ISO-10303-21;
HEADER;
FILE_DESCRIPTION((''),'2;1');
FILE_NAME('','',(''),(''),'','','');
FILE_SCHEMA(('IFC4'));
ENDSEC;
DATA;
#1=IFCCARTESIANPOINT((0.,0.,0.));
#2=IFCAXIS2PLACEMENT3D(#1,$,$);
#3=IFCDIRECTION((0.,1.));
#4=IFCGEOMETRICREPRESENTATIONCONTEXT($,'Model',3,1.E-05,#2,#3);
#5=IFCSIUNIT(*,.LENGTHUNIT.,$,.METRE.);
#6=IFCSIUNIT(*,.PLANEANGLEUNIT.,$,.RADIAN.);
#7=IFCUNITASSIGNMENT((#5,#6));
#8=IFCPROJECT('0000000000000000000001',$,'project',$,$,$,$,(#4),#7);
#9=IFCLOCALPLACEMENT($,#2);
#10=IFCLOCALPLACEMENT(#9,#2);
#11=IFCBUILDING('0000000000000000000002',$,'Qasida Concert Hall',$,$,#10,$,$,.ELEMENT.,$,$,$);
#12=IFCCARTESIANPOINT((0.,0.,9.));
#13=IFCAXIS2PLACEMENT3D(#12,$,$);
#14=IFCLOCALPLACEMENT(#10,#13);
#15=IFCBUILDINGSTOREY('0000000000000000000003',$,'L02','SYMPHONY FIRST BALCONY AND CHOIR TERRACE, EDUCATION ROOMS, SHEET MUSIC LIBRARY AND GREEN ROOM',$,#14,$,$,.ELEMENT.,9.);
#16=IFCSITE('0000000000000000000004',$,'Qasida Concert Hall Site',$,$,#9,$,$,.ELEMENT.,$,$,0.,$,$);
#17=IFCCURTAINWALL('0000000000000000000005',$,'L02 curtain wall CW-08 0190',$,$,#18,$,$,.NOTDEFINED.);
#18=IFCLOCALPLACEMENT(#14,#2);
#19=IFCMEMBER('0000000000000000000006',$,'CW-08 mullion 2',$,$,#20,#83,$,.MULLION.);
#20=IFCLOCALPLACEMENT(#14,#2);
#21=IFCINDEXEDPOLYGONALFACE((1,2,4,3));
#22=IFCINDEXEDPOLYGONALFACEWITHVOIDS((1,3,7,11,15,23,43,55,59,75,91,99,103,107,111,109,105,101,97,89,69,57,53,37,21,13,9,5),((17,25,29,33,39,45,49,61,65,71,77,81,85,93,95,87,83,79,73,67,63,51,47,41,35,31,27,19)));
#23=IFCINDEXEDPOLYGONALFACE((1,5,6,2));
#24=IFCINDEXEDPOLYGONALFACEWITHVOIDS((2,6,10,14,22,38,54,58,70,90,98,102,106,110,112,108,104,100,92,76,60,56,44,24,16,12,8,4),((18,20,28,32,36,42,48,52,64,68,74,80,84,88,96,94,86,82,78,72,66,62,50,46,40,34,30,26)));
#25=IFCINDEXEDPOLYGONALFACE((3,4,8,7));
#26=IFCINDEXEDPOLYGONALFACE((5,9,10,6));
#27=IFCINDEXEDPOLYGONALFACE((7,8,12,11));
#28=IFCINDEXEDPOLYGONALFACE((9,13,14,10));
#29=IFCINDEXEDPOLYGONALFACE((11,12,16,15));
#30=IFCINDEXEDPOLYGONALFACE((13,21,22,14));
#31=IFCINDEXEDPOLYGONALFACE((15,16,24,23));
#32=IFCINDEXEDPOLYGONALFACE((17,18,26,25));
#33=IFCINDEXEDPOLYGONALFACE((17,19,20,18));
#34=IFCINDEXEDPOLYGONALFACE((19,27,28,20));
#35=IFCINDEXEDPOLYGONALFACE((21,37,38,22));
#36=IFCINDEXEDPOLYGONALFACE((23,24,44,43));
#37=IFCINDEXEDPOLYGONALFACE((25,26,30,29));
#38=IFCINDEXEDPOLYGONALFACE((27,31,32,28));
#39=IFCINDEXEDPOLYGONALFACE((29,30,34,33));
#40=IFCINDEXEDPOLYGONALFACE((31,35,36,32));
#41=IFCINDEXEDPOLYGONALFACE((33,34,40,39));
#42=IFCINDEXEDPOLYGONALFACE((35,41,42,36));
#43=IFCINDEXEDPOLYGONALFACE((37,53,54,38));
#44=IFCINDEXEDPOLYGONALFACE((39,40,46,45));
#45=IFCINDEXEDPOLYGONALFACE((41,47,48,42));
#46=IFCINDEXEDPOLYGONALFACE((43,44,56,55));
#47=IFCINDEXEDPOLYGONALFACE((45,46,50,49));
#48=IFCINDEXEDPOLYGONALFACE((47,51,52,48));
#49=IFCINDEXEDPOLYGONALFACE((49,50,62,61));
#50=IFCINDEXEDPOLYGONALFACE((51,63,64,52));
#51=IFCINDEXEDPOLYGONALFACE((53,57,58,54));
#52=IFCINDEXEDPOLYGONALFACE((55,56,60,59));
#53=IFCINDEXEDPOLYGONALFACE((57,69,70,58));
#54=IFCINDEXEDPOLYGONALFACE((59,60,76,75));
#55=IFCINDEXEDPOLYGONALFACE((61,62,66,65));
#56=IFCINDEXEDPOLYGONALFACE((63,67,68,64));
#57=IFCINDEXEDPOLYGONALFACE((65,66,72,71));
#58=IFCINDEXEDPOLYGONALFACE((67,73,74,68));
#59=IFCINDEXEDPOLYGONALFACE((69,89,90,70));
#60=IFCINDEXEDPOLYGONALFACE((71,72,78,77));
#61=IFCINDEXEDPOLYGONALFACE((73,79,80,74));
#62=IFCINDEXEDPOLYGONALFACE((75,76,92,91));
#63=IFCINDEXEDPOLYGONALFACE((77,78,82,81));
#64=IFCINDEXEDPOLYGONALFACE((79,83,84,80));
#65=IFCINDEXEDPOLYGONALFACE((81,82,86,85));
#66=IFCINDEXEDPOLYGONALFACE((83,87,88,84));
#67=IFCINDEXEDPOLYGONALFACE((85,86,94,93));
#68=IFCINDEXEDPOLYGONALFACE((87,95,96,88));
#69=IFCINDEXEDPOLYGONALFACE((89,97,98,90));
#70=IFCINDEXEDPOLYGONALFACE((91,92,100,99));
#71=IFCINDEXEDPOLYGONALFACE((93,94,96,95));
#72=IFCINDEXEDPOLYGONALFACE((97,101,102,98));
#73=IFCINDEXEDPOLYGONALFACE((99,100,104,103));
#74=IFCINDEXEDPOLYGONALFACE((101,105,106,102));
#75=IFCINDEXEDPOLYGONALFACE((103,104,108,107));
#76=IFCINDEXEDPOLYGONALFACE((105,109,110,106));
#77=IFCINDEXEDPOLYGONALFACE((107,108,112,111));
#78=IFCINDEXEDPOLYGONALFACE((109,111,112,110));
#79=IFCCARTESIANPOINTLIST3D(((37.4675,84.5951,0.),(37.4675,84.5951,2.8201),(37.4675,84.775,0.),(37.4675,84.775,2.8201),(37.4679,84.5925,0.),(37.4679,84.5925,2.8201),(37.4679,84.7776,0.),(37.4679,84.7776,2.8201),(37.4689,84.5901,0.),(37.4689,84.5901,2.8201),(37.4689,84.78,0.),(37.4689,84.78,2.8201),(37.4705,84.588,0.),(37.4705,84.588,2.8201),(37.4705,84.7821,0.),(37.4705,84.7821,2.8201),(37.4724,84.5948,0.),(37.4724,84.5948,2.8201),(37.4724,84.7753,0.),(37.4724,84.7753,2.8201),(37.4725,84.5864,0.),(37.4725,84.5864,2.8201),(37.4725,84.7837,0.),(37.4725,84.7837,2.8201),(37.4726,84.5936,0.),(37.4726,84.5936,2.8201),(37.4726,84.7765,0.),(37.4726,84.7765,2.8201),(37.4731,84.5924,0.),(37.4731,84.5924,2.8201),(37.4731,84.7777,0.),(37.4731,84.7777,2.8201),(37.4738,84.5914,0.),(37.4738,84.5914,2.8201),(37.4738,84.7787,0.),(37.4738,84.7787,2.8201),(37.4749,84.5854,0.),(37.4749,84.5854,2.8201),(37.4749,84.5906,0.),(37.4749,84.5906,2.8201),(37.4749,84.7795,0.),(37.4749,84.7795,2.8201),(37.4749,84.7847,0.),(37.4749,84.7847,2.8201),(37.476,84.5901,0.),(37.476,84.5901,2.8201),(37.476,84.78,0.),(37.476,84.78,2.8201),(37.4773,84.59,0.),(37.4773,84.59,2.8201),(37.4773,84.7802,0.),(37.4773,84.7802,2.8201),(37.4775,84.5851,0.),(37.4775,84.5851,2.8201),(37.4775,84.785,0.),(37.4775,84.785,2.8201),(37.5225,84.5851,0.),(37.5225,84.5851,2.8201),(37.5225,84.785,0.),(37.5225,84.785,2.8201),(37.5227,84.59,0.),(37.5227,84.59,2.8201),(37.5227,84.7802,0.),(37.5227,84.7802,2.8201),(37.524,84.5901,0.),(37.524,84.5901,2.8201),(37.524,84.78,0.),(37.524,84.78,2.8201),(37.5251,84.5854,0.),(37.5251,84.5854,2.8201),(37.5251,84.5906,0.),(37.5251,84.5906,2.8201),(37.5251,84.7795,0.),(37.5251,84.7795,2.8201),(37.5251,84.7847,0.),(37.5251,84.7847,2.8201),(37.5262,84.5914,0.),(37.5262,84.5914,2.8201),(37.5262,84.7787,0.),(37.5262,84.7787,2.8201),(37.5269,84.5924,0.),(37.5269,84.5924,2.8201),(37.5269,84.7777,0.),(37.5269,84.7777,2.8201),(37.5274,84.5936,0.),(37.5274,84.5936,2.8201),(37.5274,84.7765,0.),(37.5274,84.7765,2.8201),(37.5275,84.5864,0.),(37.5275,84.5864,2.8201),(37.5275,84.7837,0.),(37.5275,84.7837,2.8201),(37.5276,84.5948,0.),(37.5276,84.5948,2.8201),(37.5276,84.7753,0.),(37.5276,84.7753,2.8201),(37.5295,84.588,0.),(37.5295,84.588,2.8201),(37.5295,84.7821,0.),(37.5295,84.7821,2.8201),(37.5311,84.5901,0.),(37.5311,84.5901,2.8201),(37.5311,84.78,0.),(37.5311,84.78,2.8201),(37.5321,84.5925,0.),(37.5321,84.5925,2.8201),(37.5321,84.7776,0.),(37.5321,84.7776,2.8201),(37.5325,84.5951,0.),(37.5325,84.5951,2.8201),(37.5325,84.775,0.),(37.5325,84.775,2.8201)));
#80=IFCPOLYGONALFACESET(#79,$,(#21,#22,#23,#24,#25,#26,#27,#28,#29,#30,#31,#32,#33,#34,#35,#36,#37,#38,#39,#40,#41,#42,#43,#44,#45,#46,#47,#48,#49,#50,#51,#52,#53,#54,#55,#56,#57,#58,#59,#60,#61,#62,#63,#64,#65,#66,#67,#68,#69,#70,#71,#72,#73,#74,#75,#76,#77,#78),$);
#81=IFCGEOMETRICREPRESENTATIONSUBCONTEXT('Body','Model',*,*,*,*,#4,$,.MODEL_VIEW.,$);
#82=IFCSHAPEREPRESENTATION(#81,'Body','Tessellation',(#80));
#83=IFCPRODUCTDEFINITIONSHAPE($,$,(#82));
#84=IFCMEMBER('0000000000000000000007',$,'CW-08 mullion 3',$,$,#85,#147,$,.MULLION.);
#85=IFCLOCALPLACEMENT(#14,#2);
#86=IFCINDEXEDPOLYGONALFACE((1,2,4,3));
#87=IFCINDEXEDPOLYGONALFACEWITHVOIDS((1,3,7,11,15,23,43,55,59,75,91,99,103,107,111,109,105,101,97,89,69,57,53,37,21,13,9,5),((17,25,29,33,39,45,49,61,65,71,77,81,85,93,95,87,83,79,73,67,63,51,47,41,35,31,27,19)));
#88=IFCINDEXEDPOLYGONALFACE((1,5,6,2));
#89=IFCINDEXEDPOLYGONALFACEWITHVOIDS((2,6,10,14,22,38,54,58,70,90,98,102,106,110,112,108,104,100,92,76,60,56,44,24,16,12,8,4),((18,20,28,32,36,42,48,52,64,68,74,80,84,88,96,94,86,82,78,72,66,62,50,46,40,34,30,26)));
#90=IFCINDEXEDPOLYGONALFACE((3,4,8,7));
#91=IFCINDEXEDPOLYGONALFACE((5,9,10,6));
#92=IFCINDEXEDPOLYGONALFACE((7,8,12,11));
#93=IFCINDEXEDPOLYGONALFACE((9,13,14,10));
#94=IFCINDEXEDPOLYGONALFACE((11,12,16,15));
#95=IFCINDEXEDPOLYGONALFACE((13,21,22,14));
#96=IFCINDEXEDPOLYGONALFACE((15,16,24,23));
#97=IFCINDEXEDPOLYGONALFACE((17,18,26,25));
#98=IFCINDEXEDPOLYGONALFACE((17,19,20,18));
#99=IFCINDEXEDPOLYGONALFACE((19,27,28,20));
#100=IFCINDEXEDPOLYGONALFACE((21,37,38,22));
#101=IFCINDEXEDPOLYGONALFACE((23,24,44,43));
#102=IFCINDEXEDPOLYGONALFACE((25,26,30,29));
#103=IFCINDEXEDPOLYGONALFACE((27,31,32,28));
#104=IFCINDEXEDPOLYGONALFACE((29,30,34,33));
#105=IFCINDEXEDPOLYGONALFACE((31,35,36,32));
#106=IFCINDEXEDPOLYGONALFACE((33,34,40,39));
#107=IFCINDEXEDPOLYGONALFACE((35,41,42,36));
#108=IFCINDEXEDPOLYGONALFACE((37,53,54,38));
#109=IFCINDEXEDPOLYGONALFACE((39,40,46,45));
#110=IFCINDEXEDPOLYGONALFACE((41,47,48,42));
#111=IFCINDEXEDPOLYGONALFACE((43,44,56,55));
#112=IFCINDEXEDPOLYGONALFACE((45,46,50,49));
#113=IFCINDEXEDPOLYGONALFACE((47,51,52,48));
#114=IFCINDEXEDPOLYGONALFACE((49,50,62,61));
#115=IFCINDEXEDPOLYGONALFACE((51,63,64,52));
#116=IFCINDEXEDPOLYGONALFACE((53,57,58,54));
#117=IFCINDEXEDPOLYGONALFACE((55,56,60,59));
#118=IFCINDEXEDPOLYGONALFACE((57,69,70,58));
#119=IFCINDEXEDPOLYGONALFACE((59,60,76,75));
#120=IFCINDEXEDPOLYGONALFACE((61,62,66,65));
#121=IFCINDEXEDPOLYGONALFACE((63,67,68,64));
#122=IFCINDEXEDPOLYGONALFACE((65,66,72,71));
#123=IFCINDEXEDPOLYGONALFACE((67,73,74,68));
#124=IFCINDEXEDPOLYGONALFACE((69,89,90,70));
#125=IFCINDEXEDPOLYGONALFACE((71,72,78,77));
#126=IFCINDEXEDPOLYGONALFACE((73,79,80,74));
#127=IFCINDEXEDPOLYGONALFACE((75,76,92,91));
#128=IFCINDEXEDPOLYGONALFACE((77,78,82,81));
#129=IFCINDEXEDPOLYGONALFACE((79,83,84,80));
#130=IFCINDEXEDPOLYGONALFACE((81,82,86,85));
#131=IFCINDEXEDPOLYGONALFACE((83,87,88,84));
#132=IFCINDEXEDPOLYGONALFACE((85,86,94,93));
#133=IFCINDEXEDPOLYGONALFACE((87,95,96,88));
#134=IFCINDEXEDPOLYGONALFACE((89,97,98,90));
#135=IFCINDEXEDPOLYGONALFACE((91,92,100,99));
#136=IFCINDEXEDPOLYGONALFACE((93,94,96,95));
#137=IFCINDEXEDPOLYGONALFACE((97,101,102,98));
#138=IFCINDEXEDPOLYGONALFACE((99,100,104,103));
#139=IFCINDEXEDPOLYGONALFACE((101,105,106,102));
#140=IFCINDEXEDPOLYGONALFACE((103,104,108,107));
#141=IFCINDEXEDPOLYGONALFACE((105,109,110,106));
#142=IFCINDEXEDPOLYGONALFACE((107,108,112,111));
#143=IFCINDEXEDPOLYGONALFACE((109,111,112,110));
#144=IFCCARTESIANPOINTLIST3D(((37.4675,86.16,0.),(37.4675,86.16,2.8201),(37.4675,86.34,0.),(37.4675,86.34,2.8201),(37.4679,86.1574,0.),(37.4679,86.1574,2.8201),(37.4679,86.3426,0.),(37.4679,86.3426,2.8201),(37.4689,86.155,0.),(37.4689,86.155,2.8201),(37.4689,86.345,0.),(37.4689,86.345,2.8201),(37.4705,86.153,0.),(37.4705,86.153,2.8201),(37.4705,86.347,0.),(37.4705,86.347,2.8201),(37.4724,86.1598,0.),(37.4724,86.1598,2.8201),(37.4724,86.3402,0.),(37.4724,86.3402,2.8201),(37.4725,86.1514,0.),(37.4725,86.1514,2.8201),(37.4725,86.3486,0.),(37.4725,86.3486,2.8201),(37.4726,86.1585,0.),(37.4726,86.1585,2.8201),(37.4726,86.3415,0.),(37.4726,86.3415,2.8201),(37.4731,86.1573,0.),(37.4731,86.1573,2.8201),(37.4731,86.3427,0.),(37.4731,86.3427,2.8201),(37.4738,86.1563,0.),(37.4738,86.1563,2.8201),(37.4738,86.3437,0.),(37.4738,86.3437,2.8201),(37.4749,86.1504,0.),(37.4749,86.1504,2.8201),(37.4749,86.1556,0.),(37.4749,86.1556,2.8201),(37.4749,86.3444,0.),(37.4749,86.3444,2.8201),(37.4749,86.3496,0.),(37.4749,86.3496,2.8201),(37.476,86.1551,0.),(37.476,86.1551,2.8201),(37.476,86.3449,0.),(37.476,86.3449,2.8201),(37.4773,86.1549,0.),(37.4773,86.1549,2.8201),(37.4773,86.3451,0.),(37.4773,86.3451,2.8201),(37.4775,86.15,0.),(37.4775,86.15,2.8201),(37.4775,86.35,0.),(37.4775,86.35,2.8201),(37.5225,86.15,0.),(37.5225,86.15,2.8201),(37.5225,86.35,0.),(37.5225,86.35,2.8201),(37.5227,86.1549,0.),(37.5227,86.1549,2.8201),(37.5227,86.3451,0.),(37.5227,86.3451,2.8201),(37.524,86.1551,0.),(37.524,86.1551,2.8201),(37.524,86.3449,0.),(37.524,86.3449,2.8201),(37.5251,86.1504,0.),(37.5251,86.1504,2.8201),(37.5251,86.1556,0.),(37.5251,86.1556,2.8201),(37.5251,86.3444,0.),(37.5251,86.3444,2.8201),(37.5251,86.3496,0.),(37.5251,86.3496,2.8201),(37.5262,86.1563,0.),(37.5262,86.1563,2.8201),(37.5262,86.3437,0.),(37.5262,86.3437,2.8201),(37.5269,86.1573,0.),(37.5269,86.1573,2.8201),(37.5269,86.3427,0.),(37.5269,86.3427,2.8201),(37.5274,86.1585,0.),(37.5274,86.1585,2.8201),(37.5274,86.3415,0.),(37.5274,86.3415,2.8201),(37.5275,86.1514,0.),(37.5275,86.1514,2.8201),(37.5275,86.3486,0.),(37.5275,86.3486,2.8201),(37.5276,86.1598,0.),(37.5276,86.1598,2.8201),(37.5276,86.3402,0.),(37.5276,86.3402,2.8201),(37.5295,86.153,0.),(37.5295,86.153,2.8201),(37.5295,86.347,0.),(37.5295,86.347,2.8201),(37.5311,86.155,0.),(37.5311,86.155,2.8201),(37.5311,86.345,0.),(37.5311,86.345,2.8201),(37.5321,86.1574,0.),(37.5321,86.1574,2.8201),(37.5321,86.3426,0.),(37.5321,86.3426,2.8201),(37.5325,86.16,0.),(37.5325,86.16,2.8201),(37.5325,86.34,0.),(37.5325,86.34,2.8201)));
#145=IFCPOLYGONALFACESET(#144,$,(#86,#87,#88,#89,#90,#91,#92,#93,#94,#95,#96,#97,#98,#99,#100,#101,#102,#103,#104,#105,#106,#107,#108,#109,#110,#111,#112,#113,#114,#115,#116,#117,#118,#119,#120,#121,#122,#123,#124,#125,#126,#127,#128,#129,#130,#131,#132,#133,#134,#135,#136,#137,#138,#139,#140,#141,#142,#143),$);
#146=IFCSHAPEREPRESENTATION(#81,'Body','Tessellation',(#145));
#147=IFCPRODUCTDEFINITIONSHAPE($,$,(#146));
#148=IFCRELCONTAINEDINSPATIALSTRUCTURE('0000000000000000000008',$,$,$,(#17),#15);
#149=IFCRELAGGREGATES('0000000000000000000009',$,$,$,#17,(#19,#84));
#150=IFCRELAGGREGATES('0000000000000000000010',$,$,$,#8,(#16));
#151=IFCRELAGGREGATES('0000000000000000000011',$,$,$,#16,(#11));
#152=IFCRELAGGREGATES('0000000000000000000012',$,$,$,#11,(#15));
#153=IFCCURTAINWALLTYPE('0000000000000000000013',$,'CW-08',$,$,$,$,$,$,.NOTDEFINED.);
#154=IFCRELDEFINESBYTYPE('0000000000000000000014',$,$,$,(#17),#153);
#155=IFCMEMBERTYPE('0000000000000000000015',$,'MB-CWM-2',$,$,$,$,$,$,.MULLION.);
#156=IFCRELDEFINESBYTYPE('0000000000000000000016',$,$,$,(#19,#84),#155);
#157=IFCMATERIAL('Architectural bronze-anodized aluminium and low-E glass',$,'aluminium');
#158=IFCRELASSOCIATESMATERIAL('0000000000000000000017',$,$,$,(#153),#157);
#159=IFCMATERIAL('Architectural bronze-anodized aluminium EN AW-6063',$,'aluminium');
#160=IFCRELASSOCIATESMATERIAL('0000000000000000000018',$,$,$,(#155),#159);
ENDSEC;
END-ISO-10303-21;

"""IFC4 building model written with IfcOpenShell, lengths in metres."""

from ifc_helpers import new_model, si_unit, direction, frame, origin, origin_2d, place, context, subcontext, project, spatial, hollow_rectangle, extrude, material, material_profile, profile_set, type_object, element, aggregate, save


model = new_model("IFC4")

# Units and contexts
model_context = context("Model", 3, precision=1e-05, world=origin(), true_north=direction((0.0, 1.0)))
body_context = subcontext(model_context, "Body", "Model", "MODEL_VIEW")
ifc_project = project(units=[si_unit("LENGTHUNIT", "METRE"), si_unit("PLANEANGLEUNIT", "RADIAN")], contexts=[model_context])

# Site, building, storey
site_placement = place(None, origin())
site = spatial("IfcSite", under=ifc_project, at=site_placement, Name="Qasida Concert Hall Site", CompositionType="ELEMENT", RefElevation=0.0)
building_placement = place(site_placement, origin())
building = spatial("IfcBuilding", under=site, at=building_placement, Name="Qasida Concert Hall", CompositionType="ELEMENT")
storey_placement = place(building_placement, frame((0.0, 0.0, 9.0)))
storey = spatial("IfcBuildingStorey", under=building, at=storey_placement, Name="L02", Description="SYMPHONY FIRST BALCONY AND CHOIR TERRACE, EDUCATION ROOMS, SHEET MUSIC LIBRARY AND GREEN ROOM", CompositionType="ELEMENT", Elevation=9.0)

# Curtain wall, members
ifc_material_1 = material(Name="Architectural bronze-anodized aluminium and low-E glass", Category="aluminium")
curtain_wall_type = type_object("IfcCurtainWallType", Name="CW-08", PredefinedType="NOTDEFINED", material=ifc_material_1)
curtain_wall_placement = place(storey_placement, origin())
curtain_wall = element("IfcCurtainWall", 1, at=curtain_wall_placement, inside=storey, type_object=curtain_wall_type, Name="L02 curtain wall CW-08 0190", PredefinedType="NOTDEFINED")
ifc_material_2 = material(Name="Architectural bronze-anodized aluminium EN AW-6063", Category="aluminium")
ifc_material_profile_1 = material_profile(ifc_material_2, hollow_rectangle(XDim=0.0649, YDim=0.2, WallThickness=0.0049, InnerFilletRadius=0.0049, OuterFilletRadius=0.01, at=origin_2d()), Name="CWM 200x65x5")
ifc_profile_set_1 = profile_set([ifc_material_profile_1], Name="Architectural bronze-anodized aluminium EN AW-6063")
member_type_1 = type_object("IfcMemberType", Name="MB-CWM-2", PredefinedType="MULLION", material=ifc_profile_set_1)
member_1_placement = place(storey_placement, frame((37.5, 84.6851, 0.0), z_axis=(0.0, 0.0, 1.0), x_axis=(-1.0, 0.0, 0.0)))
member_1 = element("IfcMember", 2, at=member_1_placement, type_object=member_type_1, Name="CW-08 mullion 2", PredefinedType="MULLION", context=body_context, shape_type="SweptSolid", body=[
    extrude(hollow_rectangle(XDim=0.0649, YDim=0.2, WallThickness=0.0049, InnerFilletRadius=0.0049, OuterFilletRadius=0.01, at=origin_2d()), origin(), (0.0, 0.0, 1.0), 2.8201),
])
member_2_placement = place(storey_placement, frame((37.5, 86.25, 0.0), z_axis=(0.0, 0.0, 1.0), x_axis=(-1.0, 0.0, 0.0)))
member_2 = element("IfcMember", 3, at=member_2_placement, type_object=member_type_1, Name="CW-08 mullion 3", PredefinedType="MULLION", context=body_context, shape_type="SweptSolid", body=[
    extrude(hollow_rectangle(XDim=0.0649, YDim=0.2, WallThickness=0.0049, InnerFilletRadius=0.0049, OuterFilletRadius=0.01, at=origin_2d()), origin(), (0.0, 0.0, 1.0), 2.8201),
])
aggregate(curtain_wall, [member_1, member_2])

save(model, "model.ifc")
